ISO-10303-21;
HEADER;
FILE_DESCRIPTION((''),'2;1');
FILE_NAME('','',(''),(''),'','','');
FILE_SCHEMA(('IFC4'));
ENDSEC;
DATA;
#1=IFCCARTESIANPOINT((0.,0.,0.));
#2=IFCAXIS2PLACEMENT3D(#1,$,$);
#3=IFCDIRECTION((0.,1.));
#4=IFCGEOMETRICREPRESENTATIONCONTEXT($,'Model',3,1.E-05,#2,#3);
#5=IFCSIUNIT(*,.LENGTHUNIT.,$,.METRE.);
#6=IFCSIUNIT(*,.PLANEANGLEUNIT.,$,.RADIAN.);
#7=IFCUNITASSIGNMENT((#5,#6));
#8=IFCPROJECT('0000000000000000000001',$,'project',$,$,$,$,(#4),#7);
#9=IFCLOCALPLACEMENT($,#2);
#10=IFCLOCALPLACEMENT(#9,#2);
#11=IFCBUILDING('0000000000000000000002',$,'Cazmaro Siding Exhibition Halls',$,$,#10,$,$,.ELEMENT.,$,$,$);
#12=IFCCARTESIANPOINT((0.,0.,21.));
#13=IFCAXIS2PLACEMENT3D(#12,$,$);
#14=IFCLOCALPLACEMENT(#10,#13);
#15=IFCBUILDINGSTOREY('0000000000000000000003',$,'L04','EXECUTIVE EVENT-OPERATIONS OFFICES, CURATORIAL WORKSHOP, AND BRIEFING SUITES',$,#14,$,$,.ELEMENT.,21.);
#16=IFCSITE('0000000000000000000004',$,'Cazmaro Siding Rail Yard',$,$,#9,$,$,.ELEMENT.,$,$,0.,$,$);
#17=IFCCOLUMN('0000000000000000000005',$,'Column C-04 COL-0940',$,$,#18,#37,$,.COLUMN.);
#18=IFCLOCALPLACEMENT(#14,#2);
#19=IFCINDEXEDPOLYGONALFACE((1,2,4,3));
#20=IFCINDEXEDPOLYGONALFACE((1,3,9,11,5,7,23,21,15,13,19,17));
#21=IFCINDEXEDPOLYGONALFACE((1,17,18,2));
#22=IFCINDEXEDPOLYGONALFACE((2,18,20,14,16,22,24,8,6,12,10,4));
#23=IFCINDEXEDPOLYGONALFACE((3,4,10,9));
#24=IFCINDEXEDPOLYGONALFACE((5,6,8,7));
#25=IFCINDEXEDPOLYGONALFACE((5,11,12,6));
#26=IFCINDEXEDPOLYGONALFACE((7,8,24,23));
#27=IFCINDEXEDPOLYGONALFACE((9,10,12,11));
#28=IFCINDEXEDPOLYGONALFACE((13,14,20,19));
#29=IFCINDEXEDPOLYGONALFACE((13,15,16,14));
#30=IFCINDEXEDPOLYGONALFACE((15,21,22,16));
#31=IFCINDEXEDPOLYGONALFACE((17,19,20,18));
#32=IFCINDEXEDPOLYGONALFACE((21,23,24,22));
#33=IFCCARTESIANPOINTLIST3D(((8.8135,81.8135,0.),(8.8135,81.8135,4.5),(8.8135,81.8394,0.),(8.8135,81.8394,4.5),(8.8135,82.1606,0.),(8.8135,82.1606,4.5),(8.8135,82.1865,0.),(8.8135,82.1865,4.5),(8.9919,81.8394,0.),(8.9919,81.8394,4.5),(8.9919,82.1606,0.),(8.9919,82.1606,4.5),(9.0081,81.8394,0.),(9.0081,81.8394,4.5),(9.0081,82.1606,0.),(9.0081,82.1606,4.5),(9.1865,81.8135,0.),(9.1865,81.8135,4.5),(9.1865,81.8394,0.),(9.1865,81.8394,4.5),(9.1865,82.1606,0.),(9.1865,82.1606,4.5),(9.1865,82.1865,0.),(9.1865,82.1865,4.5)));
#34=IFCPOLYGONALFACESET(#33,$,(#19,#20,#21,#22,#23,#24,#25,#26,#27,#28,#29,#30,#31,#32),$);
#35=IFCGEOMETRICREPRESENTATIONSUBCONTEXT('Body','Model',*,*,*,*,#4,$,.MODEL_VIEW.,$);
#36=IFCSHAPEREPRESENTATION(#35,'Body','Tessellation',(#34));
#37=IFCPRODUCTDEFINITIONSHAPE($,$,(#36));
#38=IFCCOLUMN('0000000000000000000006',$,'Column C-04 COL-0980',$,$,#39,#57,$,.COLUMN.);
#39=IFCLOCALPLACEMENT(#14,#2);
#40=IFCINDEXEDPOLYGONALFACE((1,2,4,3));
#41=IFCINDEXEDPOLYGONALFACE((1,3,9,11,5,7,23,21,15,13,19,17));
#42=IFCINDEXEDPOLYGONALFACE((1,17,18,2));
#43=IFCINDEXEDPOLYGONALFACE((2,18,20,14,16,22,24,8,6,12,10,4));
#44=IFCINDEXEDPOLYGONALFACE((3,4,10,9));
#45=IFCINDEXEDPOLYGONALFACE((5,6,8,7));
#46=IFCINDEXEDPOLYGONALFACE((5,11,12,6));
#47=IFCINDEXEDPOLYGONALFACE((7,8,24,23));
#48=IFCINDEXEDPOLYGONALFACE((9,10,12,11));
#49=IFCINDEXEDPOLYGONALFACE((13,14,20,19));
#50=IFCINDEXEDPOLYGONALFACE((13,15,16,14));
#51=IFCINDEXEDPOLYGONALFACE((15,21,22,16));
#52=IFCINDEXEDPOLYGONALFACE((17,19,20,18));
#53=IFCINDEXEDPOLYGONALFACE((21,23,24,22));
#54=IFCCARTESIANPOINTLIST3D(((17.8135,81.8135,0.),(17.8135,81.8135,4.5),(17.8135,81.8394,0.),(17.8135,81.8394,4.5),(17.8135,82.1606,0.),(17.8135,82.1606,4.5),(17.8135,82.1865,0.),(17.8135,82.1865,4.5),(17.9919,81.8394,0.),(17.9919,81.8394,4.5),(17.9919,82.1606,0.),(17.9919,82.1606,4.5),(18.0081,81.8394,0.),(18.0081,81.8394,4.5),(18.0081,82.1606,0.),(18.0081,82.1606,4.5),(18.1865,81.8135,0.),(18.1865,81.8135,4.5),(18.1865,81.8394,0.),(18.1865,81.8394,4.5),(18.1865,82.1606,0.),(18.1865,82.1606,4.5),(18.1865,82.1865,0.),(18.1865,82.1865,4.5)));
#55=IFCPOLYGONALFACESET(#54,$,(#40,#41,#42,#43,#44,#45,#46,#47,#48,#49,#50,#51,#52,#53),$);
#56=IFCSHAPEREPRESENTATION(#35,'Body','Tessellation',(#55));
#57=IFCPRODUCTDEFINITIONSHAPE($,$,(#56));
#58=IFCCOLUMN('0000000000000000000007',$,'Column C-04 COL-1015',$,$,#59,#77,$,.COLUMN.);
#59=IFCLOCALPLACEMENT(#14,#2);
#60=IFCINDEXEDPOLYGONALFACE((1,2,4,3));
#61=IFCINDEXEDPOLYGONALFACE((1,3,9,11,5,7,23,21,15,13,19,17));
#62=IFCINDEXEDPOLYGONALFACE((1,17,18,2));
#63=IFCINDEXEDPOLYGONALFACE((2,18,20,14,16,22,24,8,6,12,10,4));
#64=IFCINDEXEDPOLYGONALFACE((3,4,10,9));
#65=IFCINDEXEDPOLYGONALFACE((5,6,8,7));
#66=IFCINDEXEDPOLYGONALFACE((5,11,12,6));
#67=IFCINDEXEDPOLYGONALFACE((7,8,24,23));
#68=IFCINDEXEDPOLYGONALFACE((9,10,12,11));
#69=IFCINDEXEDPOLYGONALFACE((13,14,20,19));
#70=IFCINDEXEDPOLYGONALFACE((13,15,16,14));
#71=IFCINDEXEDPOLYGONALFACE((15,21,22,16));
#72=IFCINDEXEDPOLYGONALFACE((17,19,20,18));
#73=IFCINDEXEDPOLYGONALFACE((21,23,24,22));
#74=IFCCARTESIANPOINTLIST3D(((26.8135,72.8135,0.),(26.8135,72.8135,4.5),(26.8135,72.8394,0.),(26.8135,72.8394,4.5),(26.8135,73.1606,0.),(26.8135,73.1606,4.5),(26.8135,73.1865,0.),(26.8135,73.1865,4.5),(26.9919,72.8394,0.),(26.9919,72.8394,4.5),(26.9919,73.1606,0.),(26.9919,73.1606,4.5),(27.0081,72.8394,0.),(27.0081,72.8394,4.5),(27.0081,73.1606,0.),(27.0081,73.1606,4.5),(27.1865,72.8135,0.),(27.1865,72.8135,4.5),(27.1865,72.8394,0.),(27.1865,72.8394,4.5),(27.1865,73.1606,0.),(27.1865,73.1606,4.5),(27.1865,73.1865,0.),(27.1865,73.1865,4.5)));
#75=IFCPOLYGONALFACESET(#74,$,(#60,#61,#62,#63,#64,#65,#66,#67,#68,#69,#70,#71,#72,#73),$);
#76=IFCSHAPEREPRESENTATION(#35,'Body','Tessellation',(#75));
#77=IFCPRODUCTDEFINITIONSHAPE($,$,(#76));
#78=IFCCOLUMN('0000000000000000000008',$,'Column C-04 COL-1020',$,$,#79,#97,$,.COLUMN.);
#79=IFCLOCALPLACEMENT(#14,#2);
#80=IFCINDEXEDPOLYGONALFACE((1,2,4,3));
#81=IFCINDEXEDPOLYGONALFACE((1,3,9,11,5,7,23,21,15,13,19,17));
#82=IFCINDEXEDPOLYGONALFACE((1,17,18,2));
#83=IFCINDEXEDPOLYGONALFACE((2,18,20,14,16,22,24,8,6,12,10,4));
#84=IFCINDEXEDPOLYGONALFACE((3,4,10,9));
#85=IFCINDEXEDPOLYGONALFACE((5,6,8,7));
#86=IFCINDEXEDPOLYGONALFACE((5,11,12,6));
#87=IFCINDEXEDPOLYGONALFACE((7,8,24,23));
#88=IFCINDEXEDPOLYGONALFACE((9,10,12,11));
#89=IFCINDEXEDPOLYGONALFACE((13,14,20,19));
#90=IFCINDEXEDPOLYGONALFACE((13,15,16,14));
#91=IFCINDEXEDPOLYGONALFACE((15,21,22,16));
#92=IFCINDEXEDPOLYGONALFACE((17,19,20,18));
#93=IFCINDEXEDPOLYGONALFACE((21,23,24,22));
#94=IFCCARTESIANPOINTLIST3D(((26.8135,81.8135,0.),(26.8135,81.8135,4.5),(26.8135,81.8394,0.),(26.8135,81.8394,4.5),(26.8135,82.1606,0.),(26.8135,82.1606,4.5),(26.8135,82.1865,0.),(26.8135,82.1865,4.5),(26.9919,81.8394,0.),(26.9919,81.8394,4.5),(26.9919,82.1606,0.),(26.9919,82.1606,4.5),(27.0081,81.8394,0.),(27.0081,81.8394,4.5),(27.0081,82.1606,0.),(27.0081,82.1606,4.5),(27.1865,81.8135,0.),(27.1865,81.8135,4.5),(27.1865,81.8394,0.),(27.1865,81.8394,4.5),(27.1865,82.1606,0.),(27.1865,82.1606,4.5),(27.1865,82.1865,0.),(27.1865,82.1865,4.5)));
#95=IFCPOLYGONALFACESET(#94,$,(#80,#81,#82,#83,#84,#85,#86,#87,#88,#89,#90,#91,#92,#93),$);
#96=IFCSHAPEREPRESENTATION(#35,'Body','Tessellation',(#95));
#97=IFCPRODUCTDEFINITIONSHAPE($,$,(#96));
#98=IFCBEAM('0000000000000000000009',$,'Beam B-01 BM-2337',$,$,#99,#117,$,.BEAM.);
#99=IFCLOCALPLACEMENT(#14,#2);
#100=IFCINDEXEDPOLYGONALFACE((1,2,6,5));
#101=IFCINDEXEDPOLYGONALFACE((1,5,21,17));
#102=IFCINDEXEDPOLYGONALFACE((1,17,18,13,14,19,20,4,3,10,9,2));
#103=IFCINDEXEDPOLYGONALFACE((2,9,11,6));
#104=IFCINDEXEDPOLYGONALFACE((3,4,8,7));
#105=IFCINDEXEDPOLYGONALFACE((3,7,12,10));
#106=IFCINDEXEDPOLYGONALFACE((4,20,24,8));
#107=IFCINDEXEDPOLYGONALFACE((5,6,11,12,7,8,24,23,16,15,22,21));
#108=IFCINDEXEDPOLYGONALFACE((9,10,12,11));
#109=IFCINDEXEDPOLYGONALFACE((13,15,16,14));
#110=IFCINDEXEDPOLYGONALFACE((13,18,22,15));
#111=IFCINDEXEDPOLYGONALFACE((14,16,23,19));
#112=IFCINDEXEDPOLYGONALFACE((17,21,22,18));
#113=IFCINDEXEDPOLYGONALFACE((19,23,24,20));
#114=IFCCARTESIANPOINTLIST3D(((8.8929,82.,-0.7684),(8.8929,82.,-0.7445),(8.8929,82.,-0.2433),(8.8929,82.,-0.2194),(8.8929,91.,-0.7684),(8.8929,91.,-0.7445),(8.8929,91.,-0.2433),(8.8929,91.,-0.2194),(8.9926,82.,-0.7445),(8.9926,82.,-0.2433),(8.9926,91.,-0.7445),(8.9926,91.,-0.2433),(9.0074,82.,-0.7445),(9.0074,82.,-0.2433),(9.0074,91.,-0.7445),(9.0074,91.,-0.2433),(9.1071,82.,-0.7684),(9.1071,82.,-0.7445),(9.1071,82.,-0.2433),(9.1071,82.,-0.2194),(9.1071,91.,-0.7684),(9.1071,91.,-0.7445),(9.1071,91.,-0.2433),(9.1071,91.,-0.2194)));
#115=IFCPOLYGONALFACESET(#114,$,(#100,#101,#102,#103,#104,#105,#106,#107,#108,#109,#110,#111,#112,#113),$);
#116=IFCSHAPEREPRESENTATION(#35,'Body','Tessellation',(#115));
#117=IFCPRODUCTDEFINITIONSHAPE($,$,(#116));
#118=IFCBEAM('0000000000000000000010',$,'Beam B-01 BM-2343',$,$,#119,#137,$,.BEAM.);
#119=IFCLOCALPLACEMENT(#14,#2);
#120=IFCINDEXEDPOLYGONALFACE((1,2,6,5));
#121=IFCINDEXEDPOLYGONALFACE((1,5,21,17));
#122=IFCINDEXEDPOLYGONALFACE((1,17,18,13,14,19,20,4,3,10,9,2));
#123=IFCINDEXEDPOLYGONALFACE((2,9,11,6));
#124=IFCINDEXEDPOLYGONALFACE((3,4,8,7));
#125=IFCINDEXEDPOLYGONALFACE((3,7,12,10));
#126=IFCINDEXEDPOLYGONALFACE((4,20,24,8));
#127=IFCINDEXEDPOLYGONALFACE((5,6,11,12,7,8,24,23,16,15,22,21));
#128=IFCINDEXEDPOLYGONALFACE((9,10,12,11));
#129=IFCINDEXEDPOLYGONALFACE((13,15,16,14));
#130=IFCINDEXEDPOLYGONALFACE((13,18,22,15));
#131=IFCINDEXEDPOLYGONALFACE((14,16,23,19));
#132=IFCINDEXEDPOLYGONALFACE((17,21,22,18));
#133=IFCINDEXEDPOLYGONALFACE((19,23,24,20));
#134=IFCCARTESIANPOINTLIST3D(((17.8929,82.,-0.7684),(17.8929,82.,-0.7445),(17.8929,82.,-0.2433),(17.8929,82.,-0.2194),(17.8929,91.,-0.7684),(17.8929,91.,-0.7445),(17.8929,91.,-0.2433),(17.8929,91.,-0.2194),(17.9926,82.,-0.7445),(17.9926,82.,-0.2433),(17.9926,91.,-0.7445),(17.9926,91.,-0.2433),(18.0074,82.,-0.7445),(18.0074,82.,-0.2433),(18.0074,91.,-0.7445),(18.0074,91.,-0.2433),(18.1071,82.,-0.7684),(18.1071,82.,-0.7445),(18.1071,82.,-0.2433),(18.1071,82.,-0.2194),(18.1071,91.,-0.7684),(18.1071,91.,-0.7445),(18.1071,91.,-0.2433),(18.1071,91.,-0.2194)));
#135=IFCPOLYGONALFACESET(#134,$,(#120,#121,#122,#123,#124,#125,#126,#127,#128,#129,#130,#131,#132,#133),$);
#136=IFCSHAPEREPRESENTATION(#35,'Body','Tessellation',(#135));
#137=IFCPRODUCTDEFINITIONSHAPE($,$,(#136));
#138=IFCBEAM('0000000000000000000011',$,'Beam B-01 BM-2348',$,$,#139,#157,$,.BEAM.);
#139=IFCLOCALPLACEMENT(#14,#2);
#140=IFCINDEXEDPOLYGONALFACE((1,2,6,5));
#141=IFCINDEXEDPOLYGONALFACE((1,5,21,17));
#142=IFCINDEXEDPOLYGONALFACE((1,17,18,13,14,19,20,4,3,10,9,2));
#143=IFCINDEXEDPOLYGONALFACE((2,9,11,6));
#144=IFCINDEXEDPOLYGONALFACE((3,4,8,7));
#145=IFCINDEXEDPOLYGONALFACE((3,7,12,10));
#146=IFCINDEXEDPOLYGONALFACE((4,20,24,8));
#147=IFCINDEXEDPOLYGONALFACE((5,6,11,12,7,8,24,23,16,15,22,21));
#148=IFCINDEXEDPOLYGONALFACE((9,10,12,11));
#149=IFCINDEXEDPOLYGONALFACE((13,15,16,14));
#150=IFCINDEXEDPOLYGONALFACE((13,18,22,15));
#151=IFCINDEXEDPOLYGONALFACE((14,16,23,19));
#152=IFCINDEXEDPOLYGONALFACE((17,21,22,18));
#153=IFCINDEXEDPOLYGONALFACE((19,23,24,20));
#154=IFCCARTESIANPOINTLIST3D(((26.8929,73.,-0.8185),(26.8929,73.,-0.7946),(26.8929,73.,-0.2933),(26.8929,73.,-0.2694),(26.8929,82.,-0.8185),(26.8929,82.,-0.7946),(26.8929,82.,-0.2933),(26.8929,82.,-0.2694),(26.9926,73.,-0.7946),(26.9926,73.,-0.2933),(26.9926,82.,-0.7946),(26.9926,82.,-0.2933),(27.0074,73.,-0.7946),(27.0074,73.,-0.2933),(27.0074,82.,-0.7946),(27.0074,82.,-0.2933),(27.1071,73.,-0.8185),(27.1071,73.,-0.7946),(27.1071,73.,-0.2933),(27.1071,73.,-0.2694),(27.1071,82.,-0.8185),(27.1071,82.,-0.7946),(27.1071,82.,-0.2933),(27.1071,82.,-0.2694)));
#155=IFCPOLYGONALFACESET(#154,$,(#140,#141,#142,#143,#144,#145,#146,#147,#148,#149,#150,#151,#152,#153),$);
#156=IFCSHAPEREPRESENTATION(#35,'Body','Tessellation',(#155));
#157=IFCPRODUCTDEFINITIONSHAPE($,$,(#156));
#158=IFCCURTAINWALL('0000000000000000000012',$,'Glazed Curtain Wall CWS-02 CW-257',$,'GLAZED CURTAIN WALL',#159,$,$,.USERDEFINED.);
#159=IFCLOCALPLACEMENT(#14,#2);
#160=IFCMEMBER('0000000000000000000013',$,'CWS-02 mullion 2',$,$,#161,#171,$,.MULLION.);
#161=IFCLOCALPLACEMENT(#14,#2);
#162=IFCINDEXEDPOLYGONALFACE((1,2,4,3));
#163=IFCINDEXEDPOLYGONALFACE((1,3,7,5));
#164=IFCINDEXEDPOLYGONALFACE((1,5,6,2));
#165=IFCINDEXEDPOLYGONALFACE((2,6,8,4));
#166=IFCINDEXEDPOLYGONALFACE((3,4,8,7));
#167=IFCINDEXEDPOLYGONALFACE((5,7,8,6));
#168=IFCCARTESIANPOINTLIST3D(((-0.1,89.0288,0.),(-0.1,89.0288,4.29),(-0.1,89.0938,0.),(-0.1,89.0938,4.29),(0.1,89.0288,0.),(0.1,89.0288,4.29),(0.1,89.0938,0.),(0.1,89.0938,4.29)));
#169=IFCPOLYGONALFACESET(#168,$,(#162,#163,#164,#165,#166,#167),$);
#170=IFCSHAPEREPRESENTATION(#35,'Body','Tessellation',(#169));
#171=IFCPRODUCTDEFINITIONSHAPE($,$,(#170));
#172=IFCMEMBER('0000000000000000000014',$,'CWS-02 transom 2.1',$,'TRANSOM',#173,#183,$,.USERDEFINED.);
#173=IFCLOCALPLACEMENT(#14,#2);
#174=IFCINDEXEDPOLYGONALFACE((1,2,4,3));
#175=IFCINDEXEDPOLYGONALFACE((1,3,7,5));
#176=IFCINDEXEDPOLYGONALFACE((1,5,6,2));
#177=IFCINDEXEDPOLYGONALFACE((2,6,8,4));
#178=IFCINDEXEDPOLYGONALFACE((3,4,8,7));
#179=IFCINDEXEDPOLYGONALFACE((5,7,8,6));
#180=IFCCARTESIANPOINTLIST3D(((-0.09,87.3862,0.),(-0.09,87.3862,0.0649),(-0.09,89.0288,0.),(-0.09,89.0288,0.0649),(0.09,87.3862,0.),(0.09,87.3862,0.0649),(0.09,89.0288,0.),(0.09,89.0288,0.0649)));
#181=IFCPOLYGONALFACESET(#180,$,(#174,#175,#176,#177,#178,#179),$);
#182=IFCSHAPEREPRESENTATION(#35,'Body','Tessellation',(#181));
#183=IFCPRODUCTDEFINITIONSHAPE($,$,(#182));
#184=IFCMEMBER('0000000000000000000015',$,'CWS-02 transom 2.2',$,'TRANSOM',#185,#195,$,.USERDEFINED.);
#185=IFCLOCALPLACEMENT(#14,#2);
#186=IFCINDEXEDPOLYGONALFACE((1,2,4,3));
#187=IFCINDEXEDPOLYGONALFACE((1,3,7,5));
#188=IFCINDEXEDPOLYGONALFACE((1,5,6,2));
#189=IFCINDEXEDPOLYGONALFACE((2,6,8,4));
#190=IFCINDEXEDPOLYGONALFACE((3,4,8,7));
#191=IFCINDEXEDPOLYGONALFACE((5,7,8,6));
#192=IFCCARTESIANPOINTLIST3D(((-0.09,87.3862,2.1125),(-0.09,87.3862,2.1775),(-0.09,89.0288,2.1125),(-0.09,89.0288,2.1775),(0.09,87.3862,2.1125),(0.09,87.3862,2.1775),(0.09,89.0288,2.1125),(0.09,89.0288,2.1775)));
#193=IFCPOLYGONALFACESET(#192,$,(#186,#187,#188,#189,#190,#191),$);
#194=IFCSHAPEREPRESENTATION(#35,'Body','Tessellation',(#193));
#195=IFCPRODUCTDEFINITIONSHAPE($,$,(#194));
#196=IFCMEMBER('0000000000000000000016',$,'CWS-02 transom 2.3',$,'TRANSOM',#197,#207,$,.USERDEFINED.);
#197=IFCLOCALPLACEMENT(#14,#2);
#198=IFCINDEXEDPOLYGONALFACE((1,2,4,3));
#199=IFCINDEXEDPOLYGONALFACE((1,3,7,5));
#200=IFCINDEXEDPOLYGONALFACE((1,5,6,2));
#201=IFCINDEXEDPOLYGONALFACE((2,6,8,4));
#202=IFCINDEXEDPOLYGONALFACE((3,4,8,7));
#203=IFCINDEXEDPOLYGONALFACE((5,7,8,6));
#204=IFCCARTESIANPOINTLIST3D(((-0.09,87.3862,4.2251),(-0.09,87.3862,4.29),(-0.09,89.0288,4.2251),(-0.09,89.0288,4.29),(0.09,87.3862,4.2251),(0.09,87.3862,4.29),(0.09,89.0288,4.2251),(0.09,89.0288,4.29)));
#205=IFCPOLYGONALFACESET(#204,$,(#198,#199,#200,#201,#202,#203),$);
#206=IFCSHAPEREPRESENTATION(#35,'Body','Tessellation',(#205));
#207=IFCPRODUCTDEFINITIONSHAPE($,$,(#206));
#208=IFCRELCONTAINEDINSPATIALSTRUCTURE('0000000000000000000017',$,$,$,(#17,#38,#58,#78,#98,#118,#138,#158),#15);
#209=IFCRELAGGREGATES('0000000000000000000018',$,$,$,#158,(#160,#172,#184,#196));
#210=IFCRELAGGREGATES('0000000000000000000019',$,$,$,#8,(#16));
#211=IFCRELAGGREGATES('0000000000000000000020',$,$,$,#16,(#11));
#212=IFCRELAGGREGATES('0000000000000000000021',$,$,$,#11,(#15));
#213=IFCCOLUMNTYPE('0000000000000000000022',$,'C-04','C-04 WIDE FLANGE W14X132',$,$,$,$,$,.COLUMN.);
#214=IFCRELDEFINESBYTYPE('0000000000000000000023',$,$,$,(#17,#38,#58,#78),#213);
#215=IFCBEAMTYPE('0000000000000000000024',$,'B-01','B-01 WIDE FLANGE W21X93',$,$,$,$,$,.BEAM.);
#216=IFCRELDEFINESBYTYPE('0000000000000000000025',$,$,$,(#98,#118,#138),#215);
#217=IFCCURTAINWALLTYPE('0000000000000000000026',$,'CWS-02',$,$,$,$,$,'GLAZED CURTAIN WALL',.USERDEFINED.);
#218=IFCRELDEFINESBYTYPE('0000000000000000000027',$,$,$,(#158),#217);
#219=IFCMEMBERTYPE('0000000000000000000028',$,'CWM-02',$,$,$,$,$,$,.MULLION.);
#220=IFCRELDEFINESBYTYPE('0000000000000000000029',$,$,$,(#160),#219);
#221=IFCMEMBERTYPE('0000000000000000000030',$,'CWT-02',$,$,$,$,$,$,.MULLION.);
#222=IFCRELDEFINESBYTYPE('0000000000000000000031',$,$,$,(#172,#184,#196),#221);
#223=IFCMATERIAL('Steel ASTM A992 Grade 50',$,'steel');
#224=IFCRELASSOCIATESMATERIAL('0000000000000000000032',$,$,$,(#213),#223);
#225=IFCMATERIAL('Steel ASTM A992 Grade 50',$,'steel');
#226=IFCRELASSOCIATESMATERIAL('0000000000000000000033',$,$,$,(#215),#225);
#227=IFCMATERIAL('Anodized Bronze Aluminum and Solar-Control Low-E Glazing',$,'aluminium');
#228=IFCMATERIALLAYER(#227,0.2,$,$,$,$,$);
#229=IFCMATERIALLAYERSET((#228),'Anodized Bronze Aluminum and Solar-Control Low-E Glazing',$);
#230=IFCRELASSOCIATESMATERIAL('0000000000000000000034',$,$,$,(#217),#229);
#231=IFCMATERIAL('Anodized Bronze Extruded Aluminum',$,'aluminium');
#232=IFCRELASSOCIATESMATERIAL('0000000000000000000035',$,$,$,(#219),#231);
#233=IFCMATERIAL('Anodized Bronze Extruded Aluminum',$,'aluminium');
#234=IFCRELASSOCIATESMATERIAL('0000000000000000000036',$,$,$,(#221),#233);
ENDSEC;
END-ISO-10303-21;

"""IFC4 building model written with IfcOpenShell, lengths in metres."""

from ifc_helpers import new_model, si_unit, direction, frame, origin, origin_2d, place, context, subcontext, project, spatial, rectangle, i_section, extrude, material, layer, layer_set, material_profile, profile_set, type_object, element, aggregate, save


model = new_model("IFC4")

# Units and contexts
model_context = context("Model", 3, precision=1e-05, world=origin(), true_north=direction((0.0, 1.0)))
body_context = subcontext(model_context, "Body", "Model", "MODEL_VIEW")
ifc_project = project(units=[si_unit("LENGTHUNIT", "METRE"), si_unit("PLANEANGLEUNIT", "RADIAN")], contexts=[model_context])

# Site, building, storey
site_placement = place(None, origin())
site = spatial("IfcSite", under=ifc_project, at=site_placement, Name="Cazmaro Siding Rail Yard", CompositionType="ELEMENT", RefElevation=0.0)
building_placement = place(site_placement, origin())
building = spatial("IfcBuilding", under=site, at=building_placement, Name="Cazmaro Siding Exhibition Halls", CompositionType="ELEMENT")
storey_placement = place(building_placement, frame((0.0, 0.0, 21.0)))
storey = spatial("IfcBuildingStorey", under=building, at=storey_placement, Name="L04", Description="EXECUTIVE EVENT-OPERATIONS OFFICES, CURATORIAL WORKSHOP, AND BRIEFING SUITES", CompositionType="ELEMENT", Elevation=21.0)

# Columns
ifc_material_1 = material(Name="Steel ASTM A992 Grade 50", Category="steel")
ifc_material_profile_1 = material_profile(ifc_material_1, i_section(OverallWidth=0.373, OverallDepth=0.373, WebThickness=0.0161, FlangeThickness=0.0259, at=origin_2d()), Name="W14X132")
ifc_profile_set_1 = profile_set([ifc_material_profile_1], Name="Steel ASTM A992 Grade 50")
column_type = type_object("IfcColumnType", Name="C-04", Description="C-04 WIDE FLANGE W14X132", PredefinedType="COLUMN", material=ifc_profile_set_1)
for number, where, z_axis, x_axis, name in (
    (1, (9.0, 82.0, 0.0), (0.0, 0.0, 1.0), (1.0, 0.0, 0.0), "Column C-04 COL-0940"),
    (2, (18.0, 82.0, 0.0), (0.0, 0.0, 1.0), (1.0, 0.0, 0.0), "Column C-04 COL-0980"),
    (3, (27.0, 73.0, 0.0), (0.0, 0.0, 1.0), (1.0, 0.0, 0.0), "Column C-04 COL-1015"),
    (4, (27.0, 82.0, 0.0), (0.0, 0.0, 1.0), (1.0, 0.0, 0.0), "Column C-04 COL-1020"),
):
    element("IfcColumn", number, at=place(storey_placement, frame(where, z_axis=z_axis, x_axis=x_axis)), inside=storey, type_object=column_type, Name=name, PredefinedType="COLUMN", context=body_context, shape_type="SweptSolid", body=[
        extrude(i_section(OverallWidth=0.373, OverallDepth=0.373, WebThickness=0.0161, FlangeThickness=0.0259, at=origin_2d()), origin(), (0.0, 0.0, 1.0), 4.5),
    ])

# Beams
ifc_material_2 = material(Name="Steel ASTM A992 Grade 50", Category="steel")
ifc_material_profile_2 = material_profile(ifc_material_2, i_section(OverallWidth=0.2141, OverallDepth=0.5491, WebThickness=0.0149, FlangeThickness=0.0239, at=origin_2d()), Name="W21X93")
ifc_profile_set_2 = profile_set([ifc_material_profile_2], Name="Steel ASTM A992 Grade 50")
beam_type_1 = type_object("IfcBeamType", Name="B-01", Description="B-01 WIDE FLANGE W21X93", PredefinedType="BEAM", material=ifc_profile_set_2)
for number, where, z_axis, x_axis, name in (
    (5, (9.0, 82.0, -0.4939), (0.0, 1.0, 0.0), (-1.0, 0.0, 0.0), "Beam B-01 BM-2337"),
    (6, (18.0, 82.0, -0.4939), (0.0, 1.0, 0.0), (-1.0, 0.0, 0.0), "Beam B-01 BM-2343"),
    (7, (27.0, 73.0, -0.5439), (0.0, 1.0, 0.0), (-1.0, 0.0, 0.0), "Beam B-01 BM-2348"),
):
    element("IfcBeam", number, at=place(storey_placement, frame(where, z_axis=z_axis, x_axis=x_axis)), inside=storey, type_object=beam_type_1, Name=name, PredefinedType="BEAM", context=body_context, shape_type="SweptSolid", body=[
        extrude(i_section(OverallWidth=0.2141, OverallDepth=0.5491, WebThickness=0.0149, FlangeThickness=0.0239, at=origin_2d()), origin(), (0.0, 0.0, 1.0), 9.0),
    ])

# Curtain wall, members
ifc_material_3 = material(Name="Anodized Bronze Aluminum and Solar-Control Low-E Glazing", Category="aluminium")
ifc_layer_1 = layer(ifc_material_3, 0.2)
ifc_layer_set_1 = layer_set([ifc_layer_1], Name="Anodized Bronze Aluminum and Solar-Control Low-E Glazing")
curtain_wall_type = type_object("IfcCurtainWallType", Name="CWS-02", ElementType="GLAZED CURTAIN WALL", PredefinedType="USERDEFINED", material=ifc_layer_set_1)
curtain_wall_placement = place(storey_placement, origin())
curtain_wall = element("IfcCurtainWall", 8, at=curtain_wall_placement, inside=storey, type_object=curtain_wall_type, Name="Glazed Curtain Wall CWS-02 CW-257", ObjectType="GLAZED CURTAIN WALL", PredefinedType="USERDEFINED")
ifc_material_4 = material(Name="Anodized Bronze Extruded Aluminum", Category="aluminium")
ifc_material_profile_3 = material_profile(ifc_material_4, rectangle(XDim=0.2, YDim=0.0649, at=origin_2d()), Name="CWM-02")
ifc_profile_set_3 = profile_set([ifc_material_profile_3], Name="Anodized Bronze Extruded Aluminum")
member_type_1 = type_object("IfcMemberType", Name="CWM-02", PredefinedType="MULLION", material=ifc_profile_set_3)
member_1_placement = place(storey_placement, frame((0.0, 89.0613, 0.0), z_axis=(0.0, 0.0, 1.0), x_axis=(1.0, 0.0, 0.0)))
member_1 = element("IfcMember", 9, at=member_1_placement, type_object=member_type_1, Name="CWS-02 mullion 2", PredefinedType="MULLION", context=body_context, shape_type="SweptSolid", body=[
    extrude(rectangle(XDim=0.2, YDim=0.0649, at=origin_2d()), origin(), (0.0, 0.0, 1.0), 4.29),
])
ifc_material_5 = material(Name="Anodized Bronze Extruded Aluminum", Category="aluminium")
ifc_material_profile_4 = material_profile(ifc_material_5, rectangle(XDim=0.1799, YDim=0.0649, at=origin_2d()), Name="CWT-02")
ifc_profile_set_4 = profile_set([ifc_material_profile_4], Name="Anodized Bronze Extruded Aluminum")
member_type_2 = type_object("IfcMemberType", Name="CWT-02", PredefinedType="MULLION", material=ifc_profile_set_4)
member_2_placement = place(storey_placement, frame((0.0, 89.0288, 0.0325), z_axis=(0.0, -1.0, 0.0), x_axis=(1.0, 0.0, 0.0)))
member_2 = element("IfcMember", 10, at=member_2_placement, type_object=member_type_2, Name="CWS-02 transom 2.1", ObjectType="TRANSOM", PredefinedType="USERDEFINED", context=body_context, shape_type="SweptSolid", body=[
    extrude(rectangle(XDim=0.1799, YDim=0.0649, at=origin_2d()), origin(), (0.0, 0.0, 1.0), 1.6426),
])
member_3_placement = place(storey_placement, frame((0.0, 89.0288, 2.145), z_axis=(0.0, -1.0, 0.0), x_axis=(1.0, 0.0, 0.0)))
member_3 = element("IfcMember", 11, at=member_3_placement, type_object=member_type_2, Name="CWS-02 transom 2.2", ObjectType="TRANSOM", PredefinedType="USERDEFINED", context=body_context, shape_type="SweptSolid", body=[
    extrude(rectangle(XDim=0.1799, YDim=0.0649, at=origin_2d()), origin(), (0.0, 0.0, 1.0), 1.6426),
])
member_4_placement = place(storey_placement, frame((0.0, 89.0288, 4.2576), z_axis=(0.0, -1.0, 0.0), x_axis=(1.0, 0.0, 0.0)))
member_4 = element("IfcMember", 12, at=member_4_placement, type_object=member_type_2, Name="CWS-02 transom 2.3", ObjectType="TRANSOM", PredefinedType="USERDEFINED", context=body_context, shape_type="SweptSolid", body=[
    extrude(rectangle(XDim=0.1799, YDim=0.0649, at=origin_2d()), origin(), (0.0, 0.0, 1.0), 1.6426),
])
aggregate(curtain_wall, [member_1, member_2, member_3, member_4])

save(model, "model.ifc")
